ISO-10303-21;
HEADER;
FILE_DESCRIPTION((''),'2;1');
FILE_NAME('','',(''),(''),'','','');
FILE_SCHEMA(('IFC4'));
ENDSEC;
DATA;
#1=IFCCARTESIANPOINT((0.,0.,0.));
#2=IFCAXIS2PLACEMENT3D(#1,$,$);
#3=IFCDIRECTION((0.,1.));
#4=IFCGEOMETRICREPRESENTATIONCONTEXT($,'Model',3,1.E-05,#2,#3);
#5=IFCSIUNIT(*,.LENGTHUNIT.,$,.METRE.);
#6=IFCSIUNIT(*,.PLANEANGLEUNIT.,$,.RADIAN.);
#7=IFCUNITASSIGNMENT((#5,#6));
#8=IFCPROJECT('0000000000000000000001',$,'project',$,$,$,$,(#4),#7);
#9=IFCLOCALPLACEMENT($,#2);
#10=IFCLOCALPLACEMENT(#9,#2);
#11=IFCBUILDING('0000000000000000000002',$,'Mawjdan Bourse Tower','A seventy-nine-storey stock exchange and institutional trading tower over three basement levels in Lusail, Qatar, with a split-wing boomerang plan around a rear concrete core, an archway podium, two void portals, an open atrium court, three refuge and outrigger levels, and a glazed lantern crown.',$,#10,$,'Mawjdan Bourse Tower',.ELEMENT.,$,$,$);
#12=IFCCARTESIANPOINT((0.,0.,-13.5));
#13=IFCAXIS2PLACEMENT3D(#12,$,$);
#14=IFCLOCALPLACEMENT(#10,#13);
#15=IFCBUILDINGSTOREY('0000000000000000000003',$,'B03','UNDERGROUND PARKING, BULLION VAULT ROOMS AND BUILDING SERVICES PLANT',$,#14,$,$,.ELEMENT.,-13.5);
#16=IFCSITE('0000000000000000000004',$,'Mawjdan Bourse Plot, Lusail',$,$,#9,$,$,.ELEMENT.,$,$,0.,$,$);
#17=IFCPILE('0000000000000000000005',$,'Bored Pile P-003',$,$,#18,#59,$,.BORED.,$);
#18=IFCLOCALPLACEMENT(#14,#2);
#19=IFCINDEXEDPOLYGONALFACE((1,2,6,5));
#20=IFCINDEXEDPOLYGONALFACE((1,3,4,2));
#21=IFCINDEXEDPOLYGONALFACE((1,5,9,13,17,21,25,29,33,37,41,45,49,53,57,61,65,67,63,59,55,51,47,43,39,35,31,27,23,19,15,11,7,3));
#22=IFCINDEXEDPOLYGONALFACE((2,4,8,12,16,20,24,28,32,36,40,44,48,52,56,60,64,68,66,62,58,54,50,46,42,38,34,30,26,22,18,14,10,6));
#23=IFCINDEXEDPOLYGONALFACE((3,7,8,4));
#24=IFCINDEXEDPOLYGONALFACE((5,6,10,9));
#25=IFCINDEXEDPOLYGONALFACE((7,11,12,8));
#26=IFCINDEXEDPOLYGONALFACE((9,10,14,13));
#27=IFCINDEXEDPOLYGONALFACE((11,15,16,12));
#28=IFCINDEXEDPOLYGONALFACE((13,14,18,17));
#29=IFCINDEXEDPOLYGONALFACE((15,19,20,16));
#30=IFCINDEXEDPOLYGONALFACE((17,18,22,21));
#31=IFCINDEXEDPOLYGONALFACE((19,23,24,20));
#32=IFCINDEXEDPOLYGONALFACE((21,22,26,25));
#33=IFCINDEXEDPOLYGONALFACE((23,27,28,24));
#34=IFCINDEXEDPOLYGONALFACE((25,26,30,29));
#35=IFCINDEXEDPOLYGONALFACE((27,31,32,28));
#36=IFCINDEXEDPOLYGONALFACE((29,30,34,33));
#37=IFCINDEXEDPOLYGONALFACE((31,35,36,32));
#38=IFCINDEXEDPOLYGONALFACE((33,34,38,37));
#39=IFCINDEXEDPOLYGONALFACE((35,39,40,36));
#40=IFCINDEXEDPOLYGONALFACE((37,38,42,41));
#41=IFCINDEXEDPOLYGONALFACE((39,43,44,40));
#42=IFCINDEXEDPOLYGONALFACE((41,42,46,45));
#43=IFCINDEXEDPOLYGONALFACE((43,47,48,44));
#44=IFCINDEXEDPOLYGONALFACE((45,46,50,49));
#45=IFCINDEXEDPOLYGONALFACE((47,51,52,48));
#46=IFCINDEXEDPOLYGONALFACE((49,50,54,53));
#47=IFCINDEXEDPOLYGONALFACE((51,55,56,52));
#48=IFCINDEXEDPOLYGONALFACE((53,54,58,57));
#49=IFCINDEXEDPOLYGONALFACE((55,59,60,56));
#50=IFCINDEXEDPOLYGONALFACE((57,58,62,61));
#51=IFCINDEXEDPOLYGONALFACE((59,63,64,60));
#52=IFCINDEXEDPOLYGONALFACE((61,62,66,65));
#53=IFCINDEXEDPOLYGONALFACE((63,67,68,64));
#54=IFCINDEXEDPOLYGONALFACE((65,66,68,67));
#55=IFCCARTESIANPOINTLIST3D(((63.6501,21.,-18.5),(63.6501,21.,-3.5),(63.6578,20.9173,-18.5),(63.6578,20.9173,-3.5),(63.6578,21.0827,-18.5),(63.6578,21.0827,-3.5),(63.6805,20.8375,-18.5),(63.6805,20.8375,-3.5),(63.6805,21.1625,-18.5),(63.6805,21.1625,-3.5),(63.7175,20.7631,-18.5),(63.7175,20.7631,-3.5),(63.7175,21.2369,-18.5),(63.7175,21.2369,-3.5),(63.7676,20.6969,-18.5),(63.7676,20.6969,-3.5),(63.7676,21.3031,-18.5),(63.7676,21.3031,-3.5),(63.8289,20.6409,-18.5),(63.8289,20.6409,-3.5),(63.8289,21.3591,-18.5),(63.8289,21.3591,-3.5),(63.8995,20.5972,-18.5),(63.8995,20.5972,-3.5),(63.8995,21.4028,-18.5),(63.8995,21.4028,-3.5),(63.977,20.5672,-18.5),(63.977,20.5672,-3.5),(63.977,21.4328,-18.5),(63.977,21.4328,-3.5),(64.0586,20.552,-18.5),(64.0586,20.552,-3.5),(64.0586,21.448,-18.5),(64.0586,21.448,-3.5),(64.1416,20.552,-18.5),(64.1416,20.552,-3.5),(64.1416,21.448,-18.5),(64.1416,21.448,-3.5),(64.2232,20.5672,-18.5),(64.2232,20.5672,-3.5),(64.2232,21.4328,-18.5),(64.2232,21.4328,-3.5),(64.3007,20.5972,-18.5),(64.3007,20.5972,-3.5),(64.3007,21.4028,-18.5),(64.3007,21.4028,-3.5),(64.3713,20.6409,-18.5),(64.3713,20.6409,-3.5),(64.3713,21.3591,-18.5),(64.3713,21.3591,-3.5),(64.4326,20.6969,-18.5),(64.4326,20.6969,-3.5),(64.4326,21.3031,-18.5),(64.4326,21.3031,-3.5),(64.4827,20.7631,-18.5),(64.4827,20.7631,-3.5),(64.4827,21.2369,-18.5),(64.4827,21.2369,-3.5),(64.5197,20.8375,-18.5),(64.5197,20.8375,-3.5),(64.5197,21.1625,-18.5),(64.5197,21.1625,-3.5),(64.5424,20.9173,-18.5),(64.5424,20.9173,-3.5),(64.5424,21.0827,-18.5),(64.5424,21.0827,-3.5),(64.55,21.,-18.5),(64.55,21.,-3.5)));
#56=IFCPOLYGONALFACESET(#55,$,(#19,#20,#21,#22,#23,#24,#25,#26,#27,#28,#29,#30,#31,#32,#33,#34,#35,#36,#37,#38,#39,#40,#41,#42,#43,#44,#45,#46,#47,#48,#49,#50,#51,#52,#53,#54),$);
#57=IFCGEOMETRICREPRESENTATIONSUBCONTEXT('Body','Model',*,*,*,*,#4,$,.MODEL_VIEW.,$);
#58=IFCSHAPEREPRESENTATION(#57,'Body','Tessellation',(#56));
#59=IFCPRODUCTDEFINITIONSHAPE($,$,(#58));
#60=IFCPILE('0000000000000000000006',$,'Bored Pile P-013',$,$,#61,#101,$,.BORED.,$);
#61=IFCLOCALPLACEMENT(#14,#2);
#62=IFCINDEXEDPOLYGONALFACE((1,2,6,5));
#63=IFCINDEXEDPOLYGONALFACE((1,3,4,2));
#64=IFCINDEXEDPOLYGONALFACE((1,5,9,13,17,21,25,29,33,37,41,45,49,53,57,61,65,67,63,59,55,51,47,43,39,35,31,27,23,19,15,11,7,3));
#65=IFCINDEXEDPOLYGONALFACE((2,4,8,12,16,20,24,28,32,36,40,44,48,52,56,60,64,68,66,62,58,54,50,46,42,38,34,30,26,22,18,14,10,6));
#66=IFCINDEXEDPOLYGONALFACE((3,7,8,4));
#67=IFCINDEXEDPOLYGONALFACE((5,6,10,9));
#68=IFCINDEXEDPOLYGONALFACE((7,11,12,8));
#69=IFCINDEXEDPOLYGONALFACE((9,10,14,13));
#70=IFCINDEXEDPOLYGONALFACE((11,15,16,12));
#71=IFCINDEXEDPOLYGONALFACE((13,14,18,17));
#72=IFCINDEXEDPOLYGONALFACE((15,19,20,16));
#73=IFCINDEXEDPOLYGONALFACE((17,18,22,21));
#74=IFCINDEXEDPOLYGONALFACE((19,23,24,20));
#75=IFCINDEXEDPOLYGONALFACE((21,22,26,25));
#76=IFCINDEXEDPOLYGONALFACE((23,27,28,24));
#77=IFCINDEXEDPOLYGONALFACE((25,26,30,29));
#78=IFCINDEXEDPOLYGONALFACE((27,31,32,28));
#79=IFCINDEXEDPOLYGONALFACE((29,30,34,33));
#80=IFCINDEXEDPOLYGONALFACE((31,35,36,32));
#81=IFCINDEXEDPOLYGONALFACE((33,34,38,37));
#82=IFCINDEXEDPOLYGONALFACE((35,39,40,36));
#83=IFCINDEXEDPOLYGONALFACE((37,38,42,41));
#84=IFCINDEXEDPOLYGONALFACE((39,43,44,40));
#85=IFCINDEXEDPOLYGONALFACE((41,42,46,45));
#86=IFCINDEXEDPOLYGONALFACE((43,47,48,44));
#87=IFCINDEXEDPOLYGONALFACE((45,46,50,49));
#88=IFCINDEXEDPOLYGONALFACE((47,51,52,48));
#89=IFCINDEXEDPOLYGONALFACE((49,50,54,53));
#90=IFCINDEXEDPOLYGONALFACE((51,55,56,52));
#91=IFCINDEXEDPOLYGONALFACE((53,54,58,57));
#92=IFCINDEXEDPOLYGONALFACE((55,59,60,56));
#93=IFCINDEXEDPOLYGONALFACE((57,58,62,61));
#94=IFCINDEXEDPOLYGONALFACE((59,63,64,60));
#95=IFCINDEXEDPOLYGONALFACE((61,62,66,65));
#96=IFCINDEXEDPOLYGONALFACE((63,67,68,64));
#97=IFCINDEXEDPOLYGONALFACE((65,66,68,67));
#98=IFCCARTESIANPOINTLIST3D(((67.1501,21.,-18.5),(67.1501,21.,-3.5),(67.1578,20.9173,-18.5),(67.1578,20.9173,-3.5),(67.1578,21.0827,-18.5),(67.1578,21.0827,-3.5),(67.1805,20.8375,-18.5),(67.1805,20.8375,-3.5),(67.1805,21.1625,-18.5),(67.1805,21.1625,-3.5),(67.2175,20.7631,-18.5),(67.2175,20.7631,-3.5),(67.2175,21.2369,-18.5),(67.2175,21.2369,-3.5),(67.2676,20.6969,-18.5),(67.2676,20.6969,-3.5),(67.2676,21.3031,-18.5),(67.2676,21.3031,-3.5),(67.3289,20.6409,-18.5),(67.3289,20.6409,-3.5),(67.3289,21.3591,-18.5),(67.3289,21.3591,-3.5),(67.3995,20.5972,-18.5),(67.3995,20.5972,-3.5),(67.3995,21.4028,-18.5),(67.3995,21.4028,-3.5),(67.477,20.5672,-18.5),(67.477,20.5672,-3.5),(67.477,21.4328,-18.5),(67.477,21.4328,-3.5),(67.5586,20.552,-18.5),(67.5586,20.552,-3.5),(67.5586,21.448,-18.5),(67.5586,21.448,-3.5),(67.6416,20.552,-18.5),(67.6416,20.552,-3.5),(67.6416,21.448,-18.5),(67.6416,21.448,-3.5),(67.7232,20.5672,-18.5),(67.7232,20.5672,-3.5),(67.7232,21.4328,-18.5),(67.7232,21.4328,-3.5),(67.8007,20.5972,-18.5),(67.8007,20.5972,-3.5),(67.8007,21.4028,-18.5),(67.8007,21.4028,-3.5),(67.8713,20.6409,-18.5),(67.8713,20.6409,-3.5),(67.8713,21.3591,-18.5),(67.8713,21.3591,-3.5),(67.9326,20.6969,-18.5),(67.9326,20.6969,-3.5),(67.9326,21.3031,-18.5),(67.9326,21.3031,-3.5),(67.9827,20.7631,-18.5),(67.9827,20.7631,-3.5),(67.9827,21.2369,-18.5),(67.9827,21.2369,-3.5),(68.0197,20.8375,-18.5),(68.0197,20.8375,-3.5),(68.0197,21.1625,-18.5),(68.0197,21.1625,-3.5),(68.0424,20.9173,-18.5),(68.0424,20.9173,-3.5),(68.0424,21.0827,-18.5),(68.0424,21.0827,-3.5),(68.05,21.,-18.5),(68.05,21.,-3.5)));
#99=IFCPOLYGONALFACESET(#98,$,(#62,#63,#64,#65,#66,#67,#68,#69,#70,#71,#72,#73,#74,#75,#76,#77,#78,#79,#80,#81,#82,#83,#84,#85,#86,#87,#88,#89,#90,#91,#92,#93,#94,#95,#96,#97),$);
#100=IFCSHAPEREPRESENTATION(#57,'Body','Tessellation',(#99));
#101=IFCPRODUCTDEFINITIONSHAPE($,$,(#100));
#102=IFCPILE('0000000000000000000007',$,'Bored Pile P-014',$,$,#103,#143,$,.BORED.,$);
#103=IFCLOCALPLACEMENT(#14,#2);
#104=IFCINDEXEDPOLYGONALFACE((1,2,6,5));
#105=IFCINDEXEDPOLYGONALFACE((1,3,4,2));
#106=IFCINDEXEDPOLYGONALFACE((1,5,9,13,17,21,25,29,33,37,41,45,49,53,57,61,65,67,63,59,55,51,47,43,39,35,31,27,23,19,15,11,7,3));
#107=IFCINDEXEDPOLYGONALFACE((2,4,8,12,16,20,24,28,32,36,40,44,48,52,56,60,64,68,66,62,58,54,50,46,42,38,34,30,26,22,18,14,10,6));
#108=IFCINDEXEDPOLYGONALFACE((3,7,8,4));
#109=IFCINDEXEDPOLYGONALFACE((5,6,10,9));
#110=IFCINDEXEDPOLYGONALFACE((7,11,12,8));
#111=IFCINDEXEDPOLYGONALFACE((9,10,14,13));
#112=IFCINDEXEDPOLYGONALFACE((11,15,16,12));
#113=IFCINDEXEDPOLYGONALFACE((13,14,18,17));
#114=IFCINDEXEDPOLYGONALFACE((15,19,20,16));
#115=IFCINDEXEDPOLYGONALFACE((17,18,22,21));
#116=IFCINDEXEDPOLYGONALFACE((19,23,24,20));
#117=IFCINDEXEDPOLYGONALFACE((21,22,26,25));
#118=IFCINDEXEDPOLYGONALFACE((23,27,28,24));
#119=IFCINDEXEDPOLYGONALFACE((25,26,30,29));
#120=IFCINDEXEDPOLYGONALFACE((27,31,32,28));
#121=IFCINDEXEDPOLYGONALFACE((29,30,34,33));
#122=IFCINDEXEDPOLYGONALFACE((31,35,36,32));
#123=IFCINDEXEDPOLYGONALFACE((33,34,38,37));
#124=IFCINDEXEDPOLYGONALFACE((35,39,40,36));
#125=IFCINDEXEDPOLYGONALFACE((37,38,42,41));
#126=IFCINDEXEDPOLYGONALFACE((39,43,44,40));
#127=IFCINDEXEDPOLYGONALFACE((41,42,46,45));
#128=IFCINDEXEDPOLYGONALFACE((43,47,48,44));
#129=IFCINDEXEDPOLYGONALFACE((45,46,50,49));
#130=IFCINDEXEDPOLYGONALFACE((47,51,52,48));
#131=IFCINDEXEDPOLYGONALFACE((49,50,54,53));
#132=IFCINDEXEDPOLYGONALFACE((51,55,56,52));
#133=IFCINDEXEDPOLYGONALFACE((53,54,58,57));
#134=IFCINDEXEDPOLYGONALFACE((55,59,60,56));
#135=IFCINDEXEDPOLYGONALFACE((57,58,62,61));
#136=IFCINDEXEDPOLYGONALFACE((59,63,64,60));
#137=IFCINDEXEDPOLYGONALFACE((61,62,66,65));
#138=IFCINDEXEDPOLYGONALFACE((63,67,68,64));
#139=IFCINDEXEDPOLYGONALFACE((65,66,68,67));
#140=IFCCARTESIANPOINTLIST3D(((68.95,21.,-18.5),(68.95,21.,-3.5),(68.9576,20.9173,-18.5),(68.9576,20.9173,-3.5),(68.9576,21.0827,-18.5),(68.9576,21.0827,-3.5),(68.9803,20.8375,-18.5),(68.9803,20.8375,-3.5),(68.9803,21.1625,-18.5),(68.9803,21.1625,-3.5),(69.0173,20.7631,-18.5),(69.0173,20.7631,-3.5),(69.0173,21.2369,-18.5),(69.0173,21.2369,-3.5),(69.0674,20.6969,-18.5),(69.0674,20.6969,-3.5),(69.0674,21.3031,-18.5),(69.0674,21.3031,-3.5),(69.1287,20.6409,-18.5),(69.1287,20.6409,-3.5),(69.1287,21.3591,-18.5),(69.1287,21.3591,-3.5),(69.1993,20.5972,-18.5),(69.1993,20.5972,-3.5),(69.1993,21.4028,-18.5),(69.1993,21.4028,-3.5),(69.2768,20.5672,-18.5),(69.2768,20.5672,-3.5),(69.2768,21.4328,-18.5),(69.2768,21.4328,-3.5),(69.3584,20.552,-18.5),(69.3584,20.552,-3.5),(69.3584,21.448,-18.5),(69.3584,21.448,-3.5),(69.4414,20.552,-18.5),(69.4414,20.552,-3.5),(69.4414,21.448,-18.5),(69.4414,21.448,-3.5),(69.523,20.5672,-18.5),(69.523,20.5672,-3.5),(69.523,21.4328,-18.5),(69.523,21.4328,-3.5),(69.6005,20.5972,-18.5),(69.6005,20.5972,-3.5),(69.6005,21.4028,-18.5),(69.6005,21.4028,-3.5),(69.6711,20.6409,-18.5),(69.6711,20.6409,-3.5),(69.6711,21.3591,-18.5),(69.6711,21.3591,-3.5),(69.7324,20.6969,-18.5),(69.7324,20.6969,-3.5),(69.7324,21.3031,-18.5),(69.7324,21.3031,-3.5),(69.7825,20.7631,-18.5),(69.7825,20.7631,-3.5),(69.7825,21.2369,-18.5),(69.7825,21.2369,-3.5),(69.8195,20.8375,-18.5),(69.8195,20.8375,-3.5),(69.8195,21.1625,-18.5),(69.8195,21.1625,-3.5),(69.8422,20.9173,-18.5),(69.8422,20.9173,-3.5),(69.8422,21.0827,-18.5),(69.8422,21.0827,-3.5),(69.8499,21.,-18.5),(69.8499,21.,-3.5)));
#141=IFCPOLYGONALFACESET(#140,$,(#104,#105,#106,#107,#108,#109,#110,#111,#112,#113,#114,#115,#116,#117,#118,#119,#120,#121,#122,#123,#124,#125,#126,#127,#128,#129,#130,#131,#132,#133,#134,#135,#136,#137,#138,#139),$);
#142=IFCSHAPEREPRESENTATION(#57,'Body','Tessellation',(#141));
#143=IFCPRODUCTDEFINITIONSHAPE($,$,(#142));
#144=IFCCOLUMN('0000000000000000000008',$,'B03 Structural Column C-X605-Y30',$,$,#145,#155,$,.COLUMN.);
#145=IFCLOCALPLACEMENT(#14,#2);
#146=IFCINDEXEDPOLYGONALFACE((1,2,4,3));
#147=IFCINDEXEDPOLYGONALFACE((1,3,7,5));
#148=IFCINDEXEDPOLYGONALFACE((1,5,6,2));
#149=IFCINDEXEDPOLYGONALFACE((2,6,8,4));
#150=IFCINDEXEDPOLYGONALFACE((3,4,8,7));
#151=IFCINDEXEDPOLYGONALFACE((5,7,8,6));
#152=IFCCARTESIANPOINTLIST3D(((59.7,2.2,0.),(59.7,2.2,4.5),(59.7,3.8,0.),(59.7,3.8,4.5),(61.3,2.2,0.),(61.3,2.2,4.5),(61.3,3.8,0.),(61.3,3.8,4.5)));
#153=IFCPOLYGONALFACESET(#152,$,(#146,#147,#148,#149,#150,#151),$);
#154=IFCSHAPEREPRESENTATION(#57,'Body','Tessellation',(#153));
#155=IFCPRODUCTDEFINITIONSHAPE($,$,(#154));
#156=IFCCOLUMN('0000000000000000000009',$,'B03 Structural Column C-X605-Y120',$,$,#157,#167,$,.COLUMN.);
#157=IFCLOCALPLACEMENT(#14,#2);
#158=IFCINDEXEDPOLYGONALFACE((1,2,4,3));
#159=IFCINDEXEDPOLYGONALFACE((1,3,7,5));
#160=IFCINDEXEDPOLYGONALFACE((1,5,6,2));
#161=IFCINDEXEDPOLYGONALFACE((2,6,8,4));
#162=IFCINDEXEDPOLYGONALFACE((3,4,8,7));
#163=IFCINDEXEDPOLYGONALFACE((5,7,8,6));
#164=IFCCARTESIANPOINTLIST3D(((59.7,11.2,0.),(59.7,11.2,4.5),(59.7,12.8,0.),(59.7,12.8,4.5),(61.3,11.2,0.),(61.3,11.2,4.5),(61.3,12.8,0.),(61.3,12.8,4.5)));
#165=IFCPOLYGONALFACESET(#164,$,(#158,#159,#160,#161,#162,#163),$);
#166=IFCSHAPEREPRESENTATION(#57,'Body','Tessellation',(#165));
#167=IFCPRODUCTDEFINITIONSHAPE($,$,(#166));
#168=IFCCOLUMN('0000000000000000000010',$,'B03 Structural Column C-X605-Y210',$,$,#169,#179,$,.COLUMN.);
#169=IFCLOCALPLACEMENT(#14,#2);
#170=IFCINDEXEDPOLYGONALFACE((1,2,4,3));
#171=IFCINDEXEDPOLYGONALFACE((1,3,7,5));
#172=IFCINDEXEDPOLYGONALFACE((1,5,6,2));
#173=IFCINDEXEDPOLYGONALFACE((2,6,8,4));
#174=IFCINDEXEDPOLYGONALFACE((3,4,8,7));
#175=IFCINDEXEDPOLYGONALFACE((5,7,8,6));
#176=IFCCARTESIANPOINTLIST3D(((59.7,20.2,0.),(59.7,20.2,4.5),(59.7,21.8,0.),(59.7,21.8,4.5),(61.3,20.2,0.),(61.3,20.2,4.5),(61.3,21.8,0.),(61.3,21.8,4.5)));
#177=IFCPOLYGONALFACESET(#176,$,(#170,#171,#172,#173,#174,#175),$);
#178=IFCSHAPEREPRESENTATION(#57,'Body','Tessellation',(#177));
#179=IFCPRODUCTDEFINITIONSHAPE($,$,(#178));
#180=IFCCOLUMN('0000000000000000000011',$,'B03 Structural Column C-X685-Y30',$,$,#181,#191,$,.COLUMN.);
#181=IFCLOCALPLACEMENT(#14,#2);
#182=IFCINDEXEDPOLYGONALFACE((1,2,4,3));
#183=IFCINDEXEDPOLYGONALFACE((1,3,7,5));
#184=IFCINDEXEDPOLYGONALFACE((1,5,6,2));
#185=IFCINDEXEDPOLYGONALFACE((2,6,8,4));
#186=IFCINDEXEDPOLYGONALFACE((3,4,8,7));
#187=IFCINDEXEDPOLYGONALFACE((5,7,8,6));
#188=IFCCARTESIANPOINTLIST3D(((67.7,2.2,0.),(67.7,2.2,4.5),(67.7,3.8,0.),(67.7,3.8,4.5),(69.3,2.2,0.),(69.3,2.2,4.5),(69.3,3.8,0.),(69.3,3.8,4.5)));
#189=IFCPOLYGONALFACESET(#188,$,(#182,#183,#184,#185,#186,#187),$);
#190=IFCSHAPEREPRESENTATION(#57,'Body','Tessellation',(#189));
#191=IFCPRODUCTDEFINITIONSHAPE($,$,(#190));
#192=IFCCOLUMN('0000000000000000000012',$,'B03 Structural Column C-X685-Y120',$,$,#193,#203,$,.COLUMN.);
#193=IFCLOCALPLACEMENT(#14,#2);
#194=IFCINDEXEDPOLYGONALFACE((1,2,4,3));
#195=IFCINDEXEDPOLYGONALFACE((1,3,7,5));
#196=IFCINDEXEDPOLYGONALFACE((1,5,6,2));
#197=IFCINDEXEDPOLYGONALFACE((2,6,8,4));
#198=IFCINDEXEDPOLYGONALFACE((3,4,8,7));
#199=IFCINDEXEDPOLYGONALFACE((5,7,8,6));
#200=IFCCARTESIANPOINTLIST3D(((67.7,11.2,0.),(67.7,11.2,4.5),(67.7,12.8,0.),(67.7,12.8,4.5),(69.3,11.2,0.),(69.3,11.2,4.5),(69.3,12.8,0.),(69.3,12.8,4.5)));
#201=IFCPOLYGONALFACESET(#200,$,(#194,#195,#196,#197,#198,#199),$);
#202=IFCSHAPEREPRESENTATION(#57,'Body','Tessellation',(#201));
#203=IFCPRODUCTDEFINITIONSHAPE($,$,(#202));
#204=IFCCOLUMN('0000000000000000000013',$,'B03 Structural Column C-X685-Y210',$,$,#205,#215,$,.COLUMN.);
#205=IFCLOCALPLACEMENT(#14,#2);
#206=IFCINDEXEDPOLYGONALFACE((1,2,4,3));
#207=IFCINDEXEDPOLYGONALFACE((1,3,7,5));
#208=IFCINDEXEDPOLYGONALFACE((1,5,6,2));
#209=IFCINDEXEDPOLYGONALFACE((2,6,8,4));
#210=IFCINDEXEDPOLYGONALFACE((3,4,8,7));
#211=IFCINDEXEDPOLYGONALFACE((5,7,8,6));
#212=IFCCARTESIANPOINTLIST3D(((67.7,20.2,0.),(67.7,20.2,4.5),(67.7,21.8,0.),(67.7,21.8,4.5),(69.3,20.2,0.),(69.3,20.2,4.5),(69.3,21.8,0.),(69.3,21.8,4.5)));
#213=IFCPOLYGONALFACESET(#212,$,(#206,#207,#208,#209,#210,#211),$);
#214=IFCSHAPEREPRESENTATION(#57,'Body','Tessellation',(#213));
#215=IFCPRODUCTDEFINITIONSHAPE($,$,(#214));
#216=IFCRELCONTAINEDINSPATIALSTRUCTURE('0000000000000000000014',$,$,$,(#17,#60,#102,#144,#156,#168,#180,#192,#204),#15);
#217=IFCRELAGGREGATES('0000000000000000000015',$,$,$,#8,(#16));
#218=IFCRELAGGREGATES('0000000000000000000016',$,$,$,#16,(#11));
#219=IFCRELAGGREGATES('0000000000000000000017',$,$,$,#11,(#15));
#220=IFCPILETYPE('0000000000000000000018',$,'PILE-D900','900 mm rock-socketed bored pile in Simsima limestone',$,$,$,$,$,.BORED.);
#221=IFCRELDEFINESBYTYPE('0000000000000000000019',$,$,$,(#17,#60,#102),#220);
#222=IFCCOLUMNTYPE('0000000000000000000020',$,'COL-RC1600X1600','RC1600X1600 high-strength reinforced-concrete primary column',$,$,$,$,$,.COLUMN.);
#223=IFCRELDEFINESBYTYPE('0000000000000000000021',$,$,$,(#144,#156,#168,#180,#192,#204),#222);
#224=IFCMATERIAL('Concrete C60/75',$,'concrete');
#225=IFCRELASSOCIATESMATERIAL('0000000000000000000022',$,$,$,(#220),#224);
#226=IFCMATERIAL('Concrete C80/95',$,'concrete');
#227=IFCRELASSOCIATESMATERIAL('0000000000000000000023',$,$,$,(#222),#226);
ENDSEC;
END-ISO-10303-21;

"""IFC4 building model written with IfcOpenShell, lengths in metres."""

from ifc_helpers import new_model, si_unit, direction, frame, origin, origin_2d, place, context, subcontext, project, spatial, rectangle, circle, extrude, material, material_profile, profile_set, type_object, element, save


model = new_model("IFC4")

# Units and contexts
model_context = context("Model", 3, precision=1e-05, world=origin(), true_north=direction((0.0, 1.0)))
body_context = subcontext(model_context, "Body", "Model", "MODEL_VIEW")
ifc_project = project(units=[si_unit("LENGTHUNIT", "METRE"), si_unit("PLANEANGLEUNIT", "RADIAN")], contexts=[model_context])

# Site, building, storey
site_placement = place(None, origin())
site = spatial("IfcSite", under=ifc_project, at=site_placement, Name="Mawjdan Bourse Plot, Lusail", CompositionType="ELEMENT", RefElevation=0.0)
building_placement = place(site_placement, origin())
building = spatial("IfcBuilding", under=site, at=building_placement, Name="Mawjdan Bourse Tower", Description="A seventy-nine-storey stock exchange and institutional trading tower over three basement levels in Lusail, Qatar, with a split-wing boomerang plan around a rear concrete core, an archway podium, two void portals, an open atrium court, three refuge and outrigger levels, and a glazed lantern crown.", LongName="Mawjdan Bourse Tower", CompositionType="ELEMENT")
storey_placement = place(building_placement, frame((0.0, 0.0, -13.5)))
storey = spatial("IfcBuildingStorey", under=building, at=storey_placement, Name="B03", Description="UNDERGROUND PARKING, BULLION VAULT ROOMS AND BUILDING SERVICES PLANT", CompositionType="ELEMENT", Elevation=-13.5)

# Shared definitions
ifc_material_1 = material(Name="Concrete C60/75", Category="concrete")

# Piles
ifc_material_profile_1 = material_profile(ifc_material_1, circle(Radius=0.45, at=origin_2d()), Name="PILE-D900")
ifc_profile_set_1 = profile_set([ifc_material_profile_1], Name="Concrete C60/75")
pile_type_1 = type_object("IfcPileType", Name="PILE-D900", Description="900 mm rock-socketed bored pile in Simsima limestone", PredefinedType="BORED", material=ifc_profile_set_1)
for number, where, z_axis, x_axis, name in (
    (1, (64.1001, 21.0, -3.5), (0.0, 0.0, -1.0), (1.0, 0.0, 0.0), "Bored Pile P-003"),
    (2, (67.6001, 21.0, -3.5), (0.0, 0.0, -1.0), (1.0, 0.0, 0.0), "Bored Pile P-013"),
    (3, (69.3999, 21.0, -3.5), (0.0, 0.0, -1.0), (1.0, 0.0, 0.0), "Bored Pile P-014"),
):
    element("IfcPile", number, at=place(storey_placement, frame(where, z_axis=z_axis, x_axis=x_axis)), inside=storey, type_object=pile_type_1, Name=name, PredefinedType="BORED", context=body_context, shape_type="SweptSolid", body=[
        extrude(circle(Radius=0.45, at=origin_2d()), origin(), (0.0, 0.0, 1.0), 15.0),
    ])

# Columns
ifc_material_2 = material(Name="Concrete C80/95", Category="concrete")
ifc_material_profile_2 = material_profile(ifc_material_2, rectangle(XDim=1.6001, YDim=1.6001, at=origin_2d()), Name="RC1600X1600")
ifc_profile_set_2 = profile_set([ifc_material_profile_2], Name="Concrete C80/95")
column_type_1 = type_object("IfcColumnType", Name="COL-RC1600X1600", Description="RC1600X1600 high-strength reinforced-concrete primary column", PredefinedType="COLUMN", material=ifc_profile_set_2)
for number, where, z_axis, x_axis, name in (
    (4, (60.5, 3.0, 0.0), (0.0, 0.0, 1.0), (1.0, 0.0, 0.0), "B03 Structural Column C-X605-Y30"),
    (5, (60.5, 12.0, 0.0), (0.0, 0.0, 1.0), (1.0, 0.0, 0.0), "B03 Structural Column C-X605-Y120"),
    (6, (60.5, 21.0, 0.0), (0.0, 0.0, 1.0), (1.0, 0.0, 0.0), "B03 Structural Column C-X605-Y210"),
    (7, (68.5, 3.0, 0.0), (0.0, 0.0, 1.0), (1.0, 0.0, 0.0), "B03 Structural Column C-X685-Y30"),
    (8, (68.5, 12.0, 0.0), (0.0, 0.0, 1.0), (1.0, 0.0, 0.0), "B03 Structural Column C-X685-Y120"),
    (9, (68.5, 21.0, 0.0), (0.0, 0.0, 1.0), (1.0, 0.0, 0.0), "B03 Structural Column C-X685-Y210"),
):
    element("IfcColumn", number, at=place(storey_placement, frame(where, z_axis=z_axis, x_axis=x_axis)), inside=storey, type_object=column_type_1, Name=name, PredefinedType="COLUMN", context=body_context, shape_type="SweptSolid", body=[
        extrude(rectangle(XDim=1.6001, YDim=1.6001, at=origin_2d()), origin(), (0.0, 0.0, 1.0), 4.5),
    ])

save(model, "model.ifc")
